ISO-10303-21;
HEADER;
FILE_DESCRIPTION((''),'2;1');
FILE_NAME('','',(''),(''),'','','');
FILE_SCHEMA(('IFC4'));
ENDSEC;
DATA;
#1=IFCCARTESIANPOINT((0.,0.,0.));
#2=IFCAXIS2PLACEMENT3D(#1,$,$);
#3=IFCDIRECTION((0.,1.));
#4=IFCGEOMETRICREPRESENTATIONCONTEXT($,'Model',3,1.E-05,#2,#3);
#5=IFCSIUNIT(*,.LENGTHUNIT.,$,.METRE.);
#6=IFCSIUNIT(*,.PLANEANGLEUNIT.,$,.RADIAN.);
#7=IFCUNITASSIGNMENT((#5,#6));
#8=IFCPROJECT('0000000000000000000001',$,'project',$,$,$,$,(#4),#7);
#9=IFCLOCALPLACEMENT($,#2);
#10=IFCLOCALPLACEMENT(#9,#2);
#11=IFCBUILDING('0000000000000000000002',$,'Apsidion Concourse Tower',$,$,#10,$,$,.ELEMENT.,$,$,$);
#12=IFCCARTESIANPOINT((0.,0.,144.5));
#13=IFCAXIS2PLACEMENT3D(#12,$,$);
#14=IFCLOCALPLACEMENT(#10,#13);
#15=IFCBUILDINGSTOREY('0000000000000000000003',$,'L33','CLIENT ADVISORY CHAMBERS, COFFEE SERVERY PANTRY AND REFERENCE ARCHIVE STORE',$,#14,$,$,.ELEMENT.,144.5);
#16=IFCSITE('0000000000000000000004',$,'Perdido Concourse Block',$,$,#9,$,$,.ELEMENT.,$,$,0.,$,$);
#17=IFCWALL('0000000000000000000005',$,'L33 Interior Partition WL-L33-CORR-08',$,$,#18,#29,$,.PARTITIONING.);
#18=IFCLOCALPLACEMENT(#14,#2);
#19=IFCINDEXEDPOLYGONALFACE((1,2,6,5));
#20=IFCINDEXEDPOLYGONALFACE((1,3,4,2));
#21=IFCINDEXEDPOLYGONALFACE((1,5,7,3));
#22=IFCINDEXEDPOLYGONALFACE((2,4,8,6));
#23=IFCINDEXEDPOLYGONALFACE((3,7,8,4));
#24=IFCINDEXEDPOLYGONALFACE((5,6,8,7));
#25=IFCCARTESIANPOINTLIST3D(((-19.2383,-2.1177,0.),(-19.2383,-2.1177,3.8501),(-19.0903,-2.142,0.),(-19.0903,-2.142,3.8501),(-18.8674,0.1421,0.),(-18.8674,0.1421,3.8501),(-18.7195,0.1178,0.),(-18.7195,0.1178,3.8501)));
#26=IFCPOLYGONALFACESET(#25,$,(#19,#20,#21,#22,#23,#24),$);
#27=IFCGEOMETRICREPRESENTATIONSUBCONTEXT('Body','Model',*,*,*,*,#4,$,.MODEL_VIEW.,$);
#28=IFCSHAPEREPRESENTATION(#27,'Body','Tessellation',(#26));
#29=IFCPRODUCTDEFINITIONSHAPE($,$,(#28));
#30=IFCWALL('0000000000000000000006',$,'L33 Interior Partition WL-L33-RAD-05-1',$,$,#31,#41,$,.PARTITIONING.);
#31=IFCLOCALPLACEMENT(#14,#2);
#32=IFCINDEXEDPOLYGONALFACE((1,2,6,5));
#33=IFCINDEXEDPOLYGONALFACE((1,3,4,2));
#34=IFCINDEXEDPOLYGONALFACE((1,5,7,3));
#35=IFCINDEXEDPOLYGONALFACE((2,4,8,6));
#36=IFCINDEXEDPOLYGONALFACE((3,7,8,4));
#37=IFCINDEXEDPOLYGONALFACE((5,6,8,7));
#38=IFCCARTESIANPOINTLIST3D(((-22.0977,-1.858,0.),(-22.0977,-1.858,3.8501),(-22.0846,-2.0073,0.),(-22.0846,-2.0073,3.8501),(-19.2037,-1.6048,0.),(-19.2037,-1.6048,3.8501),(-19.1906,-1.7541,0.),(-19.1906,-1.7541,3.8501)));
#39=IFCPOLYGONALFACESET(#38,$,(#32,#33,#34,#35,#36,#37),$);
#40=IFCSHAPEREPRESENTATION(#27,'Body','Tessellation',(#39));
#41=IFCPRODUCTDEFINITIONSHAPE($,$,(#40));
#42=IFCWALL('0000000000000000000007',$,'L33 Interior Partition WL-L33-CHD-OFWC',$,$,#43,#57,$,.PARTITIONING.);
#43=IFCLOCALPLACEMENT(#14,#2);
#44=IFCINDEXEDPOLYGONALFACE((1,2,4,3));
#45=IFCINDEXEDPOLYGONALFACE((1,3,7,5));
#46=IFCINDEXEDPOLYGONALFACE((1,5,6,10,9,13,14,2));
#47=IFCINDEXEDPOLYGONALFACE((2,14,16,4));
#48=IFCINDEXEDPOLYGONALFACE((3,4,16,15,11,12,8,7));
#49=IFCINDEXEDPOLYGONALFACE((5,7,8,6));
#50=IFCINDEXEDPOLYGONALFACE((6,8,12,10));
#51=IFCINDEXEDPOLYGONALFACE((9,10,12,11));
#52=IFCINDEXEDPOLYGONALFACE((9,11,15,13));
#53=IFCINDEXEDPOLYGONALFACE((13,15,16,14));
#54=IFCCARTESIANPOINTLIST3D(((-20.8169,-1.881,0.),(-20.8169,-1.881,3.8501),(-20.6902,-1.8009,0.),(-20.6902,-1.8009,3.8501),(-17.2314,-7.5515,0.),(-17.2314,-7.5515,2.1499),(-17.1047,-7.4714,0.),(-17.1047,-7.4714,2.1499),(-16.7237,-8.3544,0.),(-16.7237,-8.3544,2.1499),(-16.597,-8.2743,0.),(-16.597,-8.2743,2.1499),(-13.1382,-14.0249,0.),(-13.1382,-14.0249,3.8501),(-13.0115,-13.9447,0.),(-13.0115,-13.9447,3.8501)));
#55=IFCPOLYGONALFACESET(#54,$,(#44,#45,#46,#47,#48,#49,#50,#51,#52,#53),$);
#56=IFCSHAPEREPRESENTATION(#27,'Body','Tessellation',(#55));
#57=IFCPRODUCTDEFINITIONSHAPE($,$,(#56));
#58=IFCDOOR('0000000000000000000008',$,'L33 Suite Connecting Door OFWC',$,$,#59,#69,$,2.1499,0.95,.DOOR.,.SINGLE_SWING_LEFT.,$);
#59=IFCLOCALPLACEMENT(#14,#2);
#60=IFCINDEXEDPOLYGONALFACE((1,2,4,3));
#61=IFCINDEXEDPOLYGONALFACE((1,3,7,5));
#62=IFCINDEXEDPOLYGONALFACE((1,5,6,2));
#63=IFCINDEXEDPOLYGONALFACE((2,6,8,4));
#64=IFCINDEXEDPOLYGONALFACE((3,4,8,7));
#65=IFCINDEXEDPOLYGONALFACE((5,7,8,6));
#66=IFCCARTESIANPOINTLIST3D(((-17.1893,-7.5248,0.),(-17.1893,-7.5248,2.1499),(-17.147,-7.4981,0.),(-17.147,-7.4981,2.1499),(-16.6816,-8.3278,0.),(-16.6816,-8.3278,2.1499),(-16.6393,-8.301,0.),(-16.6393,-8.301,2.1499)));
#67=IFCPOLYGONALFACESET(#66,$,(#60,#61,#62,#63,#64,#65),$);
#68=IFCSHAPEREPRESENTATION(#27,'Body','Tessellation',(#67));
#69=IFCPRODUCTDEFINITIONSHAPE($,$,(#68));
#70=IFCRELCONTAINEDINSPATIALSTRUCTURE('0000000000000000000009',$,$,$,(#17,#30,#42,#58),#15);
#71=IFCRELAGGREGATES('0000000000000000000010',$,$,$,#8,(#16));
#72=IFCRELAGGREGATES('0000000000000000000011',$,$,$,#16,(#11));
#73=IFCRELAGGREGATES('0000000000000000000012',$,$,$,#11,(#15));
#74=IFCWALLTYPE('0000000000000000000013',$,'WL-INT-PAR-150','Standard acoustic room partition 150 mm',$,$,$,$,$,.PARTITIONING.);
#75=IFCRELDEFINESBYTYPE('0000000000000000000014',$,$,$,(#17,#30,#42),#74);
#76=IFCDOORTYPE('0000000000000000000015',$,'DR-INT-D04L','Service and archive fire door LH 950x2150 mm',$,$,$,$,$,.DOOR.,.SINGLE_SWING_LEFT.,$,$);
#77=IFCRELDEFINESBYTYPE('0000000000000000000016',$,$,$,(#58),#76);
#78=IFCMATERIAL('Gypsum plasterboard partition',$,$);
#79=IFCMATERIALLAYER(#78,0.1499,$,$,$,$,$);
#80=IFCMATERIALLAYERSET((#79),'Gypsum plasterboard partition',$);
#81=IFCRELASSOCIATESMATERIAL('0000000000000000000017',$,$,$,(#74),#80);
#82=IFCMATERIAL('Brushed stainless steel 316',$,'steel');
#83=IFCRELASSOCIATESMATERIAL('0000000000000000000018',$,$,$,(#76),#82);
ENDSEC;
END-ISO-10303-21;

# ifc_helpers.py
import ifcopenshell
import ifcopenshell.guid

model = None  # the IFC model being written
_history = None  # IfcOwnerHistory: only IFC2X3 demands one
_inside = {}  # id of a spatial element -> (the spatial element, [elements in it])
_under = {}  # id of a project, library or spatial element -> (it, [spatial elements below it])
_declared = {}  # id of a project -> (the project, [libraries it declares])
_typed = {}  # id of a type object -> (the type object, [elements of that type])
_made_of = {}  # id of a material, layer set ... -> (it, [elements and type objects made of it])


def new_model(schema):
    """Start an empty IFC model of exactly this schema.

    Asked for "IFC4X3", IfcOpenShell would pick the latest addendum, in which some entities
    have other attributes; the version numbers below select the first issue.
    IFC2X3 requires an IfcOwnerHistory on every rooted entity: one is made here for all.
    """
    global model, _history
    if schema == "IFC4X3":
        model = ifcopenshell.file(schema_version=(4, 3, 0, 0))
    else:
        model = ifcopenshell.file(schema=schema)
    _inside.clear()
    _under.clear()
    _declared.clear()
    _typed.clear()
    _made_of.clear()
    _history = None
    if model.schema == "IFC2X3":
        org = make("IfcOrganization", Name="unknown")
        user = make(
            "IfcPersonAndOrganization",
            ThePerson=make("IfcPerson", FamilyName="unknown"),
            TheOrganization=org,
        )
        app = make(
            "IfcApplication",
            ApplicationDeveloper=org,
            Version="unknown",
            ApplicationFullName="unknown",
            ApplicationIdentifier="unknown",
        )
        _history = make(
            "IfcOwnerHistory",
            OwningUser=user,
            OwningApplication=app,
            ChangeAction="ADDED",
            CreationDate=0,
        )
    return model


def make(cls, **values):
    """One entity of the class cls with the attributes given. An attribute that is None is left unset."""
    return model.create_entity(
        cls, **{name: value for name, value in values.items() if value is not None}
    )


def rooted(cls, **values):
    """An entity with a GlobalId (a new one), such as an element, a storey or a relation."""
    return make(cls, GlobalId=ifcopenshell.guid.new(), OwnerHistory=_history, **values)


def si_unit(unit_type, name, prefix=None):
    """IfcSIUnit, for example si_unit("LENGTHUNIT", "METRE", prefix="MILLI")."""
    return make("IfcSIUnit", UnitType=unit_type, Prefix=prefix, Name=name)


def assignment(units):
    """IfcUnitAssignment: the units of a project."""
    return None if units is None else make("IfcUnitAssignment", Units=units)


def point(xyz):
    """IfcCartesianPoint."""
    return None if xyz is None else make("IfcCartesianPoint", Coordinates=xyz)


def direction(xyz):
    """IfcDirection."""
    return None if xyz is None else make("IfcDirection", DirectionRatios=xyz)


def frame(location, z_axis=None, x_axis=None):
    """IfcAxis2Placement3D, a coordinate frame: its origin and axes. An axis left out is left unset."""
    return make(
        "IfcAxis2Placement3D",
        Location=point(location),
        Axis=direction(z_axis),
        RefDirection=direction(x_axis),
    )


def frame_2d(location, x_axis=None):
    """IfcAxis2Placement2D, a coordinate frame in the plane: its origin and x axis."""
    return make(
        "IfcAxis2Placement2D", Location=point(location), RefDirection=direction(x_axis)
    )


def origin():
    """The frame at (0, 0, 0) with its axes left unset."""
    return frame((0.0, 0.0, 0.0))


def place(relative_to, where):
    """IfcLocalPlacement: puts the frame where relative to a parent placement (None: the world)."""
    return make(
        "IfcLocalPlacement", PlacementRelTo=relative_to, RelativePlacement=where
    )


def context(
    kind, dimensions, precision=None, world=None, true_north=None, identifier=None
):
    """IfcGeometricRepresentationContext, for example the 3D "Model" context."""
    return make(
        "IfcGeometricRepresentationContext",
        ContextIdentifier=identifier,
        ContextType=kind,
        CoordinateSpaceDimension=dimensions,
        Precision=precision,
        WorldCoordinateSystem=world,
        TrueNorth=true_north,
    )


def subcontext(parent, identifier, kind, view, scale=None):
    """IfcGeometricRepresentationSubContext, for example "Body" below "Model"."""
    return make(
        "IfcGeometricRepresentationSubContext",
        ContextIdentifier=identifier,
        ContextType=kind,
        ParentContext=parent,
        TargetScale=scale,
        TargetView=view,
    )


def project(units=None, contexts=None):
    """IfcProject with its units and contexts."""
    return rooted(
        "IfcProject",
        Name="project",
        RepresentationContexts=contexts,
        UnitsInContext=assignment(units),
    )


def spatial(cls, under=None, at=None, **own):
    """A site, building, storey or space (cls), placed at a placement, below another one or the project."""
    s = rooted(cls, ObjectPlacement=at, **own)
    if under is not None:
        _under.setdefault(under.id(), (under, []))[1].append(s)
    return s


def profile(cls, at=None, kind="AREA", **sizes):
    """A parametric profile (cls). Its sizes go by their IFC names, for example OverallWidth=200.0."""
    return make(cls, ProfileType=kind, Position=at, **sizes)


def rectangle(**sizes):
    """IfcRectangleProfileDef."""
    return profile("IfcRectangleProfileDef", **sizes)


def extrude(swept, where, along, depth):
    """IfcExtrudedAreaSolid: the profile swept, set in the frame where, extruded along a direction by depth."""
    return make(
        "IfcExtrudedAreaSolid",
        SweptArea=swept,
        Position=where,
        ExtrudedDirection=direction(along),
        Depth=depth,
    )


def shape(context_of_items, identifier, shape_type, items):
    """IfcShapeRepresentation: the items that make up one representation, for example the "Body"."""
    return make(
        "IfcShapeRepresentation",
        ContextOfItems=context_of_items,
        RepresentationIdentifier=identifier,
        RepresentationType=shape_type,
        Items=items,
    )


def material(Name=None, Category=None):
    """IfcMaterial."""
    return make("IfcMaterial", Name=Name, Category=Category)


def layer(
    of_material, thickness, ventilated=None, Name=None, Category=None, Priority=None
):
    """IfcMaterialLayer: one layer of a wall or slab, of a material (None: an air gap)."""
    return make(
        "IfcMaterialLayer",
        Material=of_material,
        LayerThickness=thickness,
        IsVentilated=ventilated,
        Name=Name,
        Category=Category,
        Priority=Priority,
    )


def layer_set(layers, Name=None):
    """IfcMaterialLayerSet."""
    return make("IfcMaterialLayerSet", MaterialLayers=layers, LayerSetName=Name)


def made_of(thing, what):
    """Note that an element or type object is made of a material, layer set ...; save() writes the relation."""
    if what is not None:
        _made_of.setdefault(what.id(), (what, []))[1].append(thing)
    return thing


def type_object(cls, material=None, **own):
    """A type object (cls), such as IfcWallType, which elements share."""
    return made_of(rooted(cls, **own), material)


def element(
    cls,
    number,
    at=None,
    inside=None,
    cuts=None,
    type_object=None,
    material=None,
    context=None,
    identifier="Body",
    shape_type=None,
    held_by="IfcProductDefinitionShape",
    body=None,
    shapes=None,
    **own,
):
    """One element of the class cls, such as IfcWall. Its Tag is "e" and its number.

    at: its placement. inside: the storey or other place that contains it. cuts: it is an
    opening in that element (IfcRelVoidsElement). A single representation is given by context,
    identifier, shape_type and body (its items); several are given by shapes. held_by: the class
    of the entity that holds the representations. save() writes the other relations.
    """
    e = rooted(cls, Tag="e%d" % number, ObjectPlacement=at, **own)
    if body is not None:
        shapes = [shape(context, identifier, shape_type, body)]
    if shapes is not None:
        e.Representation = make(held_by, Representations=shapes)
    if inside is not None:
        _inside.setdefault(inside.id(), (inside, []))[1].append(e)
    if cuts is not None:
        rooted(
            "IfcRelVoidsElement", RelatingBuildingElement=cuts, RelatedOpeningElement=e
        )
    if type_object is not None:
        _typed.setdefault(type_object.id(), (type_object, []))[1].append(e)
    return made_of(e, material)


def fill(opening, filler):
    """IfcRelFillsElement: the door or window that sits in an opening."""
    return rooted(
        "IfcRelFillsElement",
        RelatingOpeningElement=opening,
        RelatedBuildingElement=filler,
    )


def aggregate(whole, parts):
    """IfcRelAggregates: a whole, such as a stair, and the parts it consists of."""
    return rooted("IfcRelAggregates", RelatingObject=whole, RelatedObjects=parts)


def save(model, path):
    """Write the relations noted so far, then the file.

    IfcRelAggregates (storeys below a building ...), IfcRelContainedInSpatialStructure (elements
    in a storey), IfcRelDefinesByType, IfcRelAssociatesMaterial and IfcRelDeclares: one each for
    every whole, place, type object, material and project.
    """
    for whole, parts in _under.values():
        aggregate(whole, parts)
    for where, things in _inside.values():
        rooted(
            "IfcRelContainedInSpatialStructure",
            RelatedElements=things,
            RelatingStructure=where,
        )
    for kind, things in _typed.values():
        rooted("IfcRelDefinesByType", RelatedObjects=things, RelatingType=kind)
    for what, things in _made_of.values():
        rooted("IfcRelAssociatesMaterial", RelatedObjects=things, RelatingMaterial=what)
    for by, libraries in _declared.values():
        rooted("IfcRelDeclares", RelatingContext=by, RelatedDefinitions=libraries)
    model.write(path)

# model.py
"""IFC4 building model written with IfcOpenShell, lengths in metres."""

from ifc_helpers import new_model, si_unit, direction, frame, frame_2d, origin, place, context, subcontext, project, spatial, rectangle, extrude, material, layer, layer_set, type_object, element, fill, save


model = new_model("IFC4")

# Units and contexts
model_context = context("Model", 3, precision=1e-05, world=origin(), true_north=direction((0.0, 1.0)))
body_context = subcontext(model_context, "Body", "Model", "MODEL_VIEW")
ifc_project = project(units=[si_unit("LENGTHUNIT", "METRE"), si_unit("PLANEANGLEUNIT", "RADIAN")], contexts=[model_context])

# Site, building, storey
site_placement = place(None, origin())
site = spatial("IfcSite", under=ifc_project, at=site_placement, Name="Perdido Concourse Block", CompositionType="ELEMENT", RefElevation=0.0)
building_placement = place(site_placement, origin())
building = spatial("IfcBuilding", under=site, at=building_placement, Name="Apsidion Concourse Tower", CompositionType="ELEMENT")
storey_placement = place(building_placement, frame((0.0, 0.0, 144.5)))
storey = spatial("IfcBuildingStorey", under=building, at=storey_placement, Name="L33", Description="CLIENT ADVISORY CHAMBERS, COFFEE SERVERY PANTRY AND REFERENCE ARCHIVE STORE", CompositionType="ELEMENT", Elevation=144.5)

# Shared definitions
ifc_material_1 = material(Name="Gypsum plasterboard partition")

# Walls
ifc_layer_1 = layer(ifc_material_1, 0.1499)
ifc_layer_set_1 = layer_set([ifc_layer_1], Name="Gypsum plasterboard partition")
wall_type_1 = type_object("IfcWallType", Name="WL-INT-PAR-150", Description="Standard acoustic room partition 150 mm", PredefinedType="PARTITIONING", material=ifc_layer_set_1)
wall_1_placement = place(storey_placement, frame((-19.1643, -2.1299, 0.0), z_axis=(0.0, 0.0, 1.0), x_axis=(0.161944, 0.9868, 0.0)))
element("IfcWall", 1, at=wall_1_placement, inside=storey, type_object=wall_type_1, Name="L33 Interior Partition WL-L33-CORR-08", PredefinedType="PARTITIONING", context=body_context, shape_type="SweptSolid", body=[
    extrude(rectangle(XDim=2.29, YDim=0.1499, at=frame_2d((1.145, 0.0))), origin(), (0.0, 0.0, 1.0), 3.8501),
])
wall_2_placement = place(storey_placement, frame((-19.197, -1.6794, 0.0), z_axis=(0.0, 0.0, 1.0), x_axis=(-0.996195, -0.087148, 0.0)))
element("IfcWall", 2, at=wall_2_placement, inside=storey, type_object=wall_type_1, Name="L33 Interior Partition WL-L33-RAD-05-1", PredefinedType="PARTITIONING", context=body_context, shape_type="SweptSolid", body=[
    extrude(rectangle(XDim=2.905, YDim=0.1499, at=frame_2d((1.4526, 0.0))), origin(), (0.0, 0.0, 1.0), 3.8501),
])

# Wall, opening, door
wall_3_placement = place(storey_placement, frame((-20.7537, -1.8408, 0.0), z_axis=(0.0, 0.0, 1.0), x_axis=(0.534438, -0.845208, 0.0)))
wall_3 = element("IfcWall", 3, at=wall_3_placement, inside=storey, type_object=wall_type_1, Name="L33 Interior Partition WL-L33-CHD-OFWC", PredefinedType="PARTITIONING", context=body_context, shape_type="SweptSolid", body=[
    extrude(rectangle(XDim=14.3679, YDim=0.1499, at=frame_2d((7.1841, 0.0))), origin(), (0.0, 0.0, 1.0), 3.8501),
])
opening_1_placement = place(wall_3_placement, frame((6.709, 0.0, 0.0)))
opening_1 = element("IfcOpeningElement", 4, at=opening_1_placement, cuts=wall_3, PredefinedType="OPENING", context=body_context, shape_type="SweptSolid", body=[
    extrude(rectangle(XDim=0.95, YDim=2.1499, at=frame_2d((0.4751, 1.075))), frame((0.0, 0.085, 0.0), z_axis=(0.0, -1.0, 0.0), x_axis=(1.0, 0.0, 0.0)), (0.0, 0.0, 1.0), 0.1699),
])
ifc_material_2 = material(Name="Brushed stainless steel 316", Category="steel")
door_type_1 = type_object("IfcDoorType", Name="DR-INT-D04L", Description="Service and archive fire door LH 950x2150 mm", OperationType="SINGLE_SWING_LEFT", PredefinedType="DOOR", material=ifc_material_2)
door_1_placement = place(opening_1_placement, origin())
door_1 = element("IfcDoor", 5, at=door_1_placement, inside=storey, type_object=door_type_1, Name="L33 Suite Connecting Door OFWC", OperationType="SINGLE_SWING_LEFT", OverallHeight=2.1499, OverallWidth=0.95, PredefinedType="DOOR", context=body_context, shape_type="SweptSolid", body=[
    extrude(rectangle(XDim=0.95, YDim=2.1499, at=frame_2d((0.4751, 1.075))), frame((0.0, 0.0249, 0.0), z_axis=(0.0, -1.0, 0.0), x_axis=(1.0, 0.0, 0.0)), (0.0, 0.0, 1.0), 0.05),
])
fill(opening_1, door_1)

save(model, "model.ifc")
